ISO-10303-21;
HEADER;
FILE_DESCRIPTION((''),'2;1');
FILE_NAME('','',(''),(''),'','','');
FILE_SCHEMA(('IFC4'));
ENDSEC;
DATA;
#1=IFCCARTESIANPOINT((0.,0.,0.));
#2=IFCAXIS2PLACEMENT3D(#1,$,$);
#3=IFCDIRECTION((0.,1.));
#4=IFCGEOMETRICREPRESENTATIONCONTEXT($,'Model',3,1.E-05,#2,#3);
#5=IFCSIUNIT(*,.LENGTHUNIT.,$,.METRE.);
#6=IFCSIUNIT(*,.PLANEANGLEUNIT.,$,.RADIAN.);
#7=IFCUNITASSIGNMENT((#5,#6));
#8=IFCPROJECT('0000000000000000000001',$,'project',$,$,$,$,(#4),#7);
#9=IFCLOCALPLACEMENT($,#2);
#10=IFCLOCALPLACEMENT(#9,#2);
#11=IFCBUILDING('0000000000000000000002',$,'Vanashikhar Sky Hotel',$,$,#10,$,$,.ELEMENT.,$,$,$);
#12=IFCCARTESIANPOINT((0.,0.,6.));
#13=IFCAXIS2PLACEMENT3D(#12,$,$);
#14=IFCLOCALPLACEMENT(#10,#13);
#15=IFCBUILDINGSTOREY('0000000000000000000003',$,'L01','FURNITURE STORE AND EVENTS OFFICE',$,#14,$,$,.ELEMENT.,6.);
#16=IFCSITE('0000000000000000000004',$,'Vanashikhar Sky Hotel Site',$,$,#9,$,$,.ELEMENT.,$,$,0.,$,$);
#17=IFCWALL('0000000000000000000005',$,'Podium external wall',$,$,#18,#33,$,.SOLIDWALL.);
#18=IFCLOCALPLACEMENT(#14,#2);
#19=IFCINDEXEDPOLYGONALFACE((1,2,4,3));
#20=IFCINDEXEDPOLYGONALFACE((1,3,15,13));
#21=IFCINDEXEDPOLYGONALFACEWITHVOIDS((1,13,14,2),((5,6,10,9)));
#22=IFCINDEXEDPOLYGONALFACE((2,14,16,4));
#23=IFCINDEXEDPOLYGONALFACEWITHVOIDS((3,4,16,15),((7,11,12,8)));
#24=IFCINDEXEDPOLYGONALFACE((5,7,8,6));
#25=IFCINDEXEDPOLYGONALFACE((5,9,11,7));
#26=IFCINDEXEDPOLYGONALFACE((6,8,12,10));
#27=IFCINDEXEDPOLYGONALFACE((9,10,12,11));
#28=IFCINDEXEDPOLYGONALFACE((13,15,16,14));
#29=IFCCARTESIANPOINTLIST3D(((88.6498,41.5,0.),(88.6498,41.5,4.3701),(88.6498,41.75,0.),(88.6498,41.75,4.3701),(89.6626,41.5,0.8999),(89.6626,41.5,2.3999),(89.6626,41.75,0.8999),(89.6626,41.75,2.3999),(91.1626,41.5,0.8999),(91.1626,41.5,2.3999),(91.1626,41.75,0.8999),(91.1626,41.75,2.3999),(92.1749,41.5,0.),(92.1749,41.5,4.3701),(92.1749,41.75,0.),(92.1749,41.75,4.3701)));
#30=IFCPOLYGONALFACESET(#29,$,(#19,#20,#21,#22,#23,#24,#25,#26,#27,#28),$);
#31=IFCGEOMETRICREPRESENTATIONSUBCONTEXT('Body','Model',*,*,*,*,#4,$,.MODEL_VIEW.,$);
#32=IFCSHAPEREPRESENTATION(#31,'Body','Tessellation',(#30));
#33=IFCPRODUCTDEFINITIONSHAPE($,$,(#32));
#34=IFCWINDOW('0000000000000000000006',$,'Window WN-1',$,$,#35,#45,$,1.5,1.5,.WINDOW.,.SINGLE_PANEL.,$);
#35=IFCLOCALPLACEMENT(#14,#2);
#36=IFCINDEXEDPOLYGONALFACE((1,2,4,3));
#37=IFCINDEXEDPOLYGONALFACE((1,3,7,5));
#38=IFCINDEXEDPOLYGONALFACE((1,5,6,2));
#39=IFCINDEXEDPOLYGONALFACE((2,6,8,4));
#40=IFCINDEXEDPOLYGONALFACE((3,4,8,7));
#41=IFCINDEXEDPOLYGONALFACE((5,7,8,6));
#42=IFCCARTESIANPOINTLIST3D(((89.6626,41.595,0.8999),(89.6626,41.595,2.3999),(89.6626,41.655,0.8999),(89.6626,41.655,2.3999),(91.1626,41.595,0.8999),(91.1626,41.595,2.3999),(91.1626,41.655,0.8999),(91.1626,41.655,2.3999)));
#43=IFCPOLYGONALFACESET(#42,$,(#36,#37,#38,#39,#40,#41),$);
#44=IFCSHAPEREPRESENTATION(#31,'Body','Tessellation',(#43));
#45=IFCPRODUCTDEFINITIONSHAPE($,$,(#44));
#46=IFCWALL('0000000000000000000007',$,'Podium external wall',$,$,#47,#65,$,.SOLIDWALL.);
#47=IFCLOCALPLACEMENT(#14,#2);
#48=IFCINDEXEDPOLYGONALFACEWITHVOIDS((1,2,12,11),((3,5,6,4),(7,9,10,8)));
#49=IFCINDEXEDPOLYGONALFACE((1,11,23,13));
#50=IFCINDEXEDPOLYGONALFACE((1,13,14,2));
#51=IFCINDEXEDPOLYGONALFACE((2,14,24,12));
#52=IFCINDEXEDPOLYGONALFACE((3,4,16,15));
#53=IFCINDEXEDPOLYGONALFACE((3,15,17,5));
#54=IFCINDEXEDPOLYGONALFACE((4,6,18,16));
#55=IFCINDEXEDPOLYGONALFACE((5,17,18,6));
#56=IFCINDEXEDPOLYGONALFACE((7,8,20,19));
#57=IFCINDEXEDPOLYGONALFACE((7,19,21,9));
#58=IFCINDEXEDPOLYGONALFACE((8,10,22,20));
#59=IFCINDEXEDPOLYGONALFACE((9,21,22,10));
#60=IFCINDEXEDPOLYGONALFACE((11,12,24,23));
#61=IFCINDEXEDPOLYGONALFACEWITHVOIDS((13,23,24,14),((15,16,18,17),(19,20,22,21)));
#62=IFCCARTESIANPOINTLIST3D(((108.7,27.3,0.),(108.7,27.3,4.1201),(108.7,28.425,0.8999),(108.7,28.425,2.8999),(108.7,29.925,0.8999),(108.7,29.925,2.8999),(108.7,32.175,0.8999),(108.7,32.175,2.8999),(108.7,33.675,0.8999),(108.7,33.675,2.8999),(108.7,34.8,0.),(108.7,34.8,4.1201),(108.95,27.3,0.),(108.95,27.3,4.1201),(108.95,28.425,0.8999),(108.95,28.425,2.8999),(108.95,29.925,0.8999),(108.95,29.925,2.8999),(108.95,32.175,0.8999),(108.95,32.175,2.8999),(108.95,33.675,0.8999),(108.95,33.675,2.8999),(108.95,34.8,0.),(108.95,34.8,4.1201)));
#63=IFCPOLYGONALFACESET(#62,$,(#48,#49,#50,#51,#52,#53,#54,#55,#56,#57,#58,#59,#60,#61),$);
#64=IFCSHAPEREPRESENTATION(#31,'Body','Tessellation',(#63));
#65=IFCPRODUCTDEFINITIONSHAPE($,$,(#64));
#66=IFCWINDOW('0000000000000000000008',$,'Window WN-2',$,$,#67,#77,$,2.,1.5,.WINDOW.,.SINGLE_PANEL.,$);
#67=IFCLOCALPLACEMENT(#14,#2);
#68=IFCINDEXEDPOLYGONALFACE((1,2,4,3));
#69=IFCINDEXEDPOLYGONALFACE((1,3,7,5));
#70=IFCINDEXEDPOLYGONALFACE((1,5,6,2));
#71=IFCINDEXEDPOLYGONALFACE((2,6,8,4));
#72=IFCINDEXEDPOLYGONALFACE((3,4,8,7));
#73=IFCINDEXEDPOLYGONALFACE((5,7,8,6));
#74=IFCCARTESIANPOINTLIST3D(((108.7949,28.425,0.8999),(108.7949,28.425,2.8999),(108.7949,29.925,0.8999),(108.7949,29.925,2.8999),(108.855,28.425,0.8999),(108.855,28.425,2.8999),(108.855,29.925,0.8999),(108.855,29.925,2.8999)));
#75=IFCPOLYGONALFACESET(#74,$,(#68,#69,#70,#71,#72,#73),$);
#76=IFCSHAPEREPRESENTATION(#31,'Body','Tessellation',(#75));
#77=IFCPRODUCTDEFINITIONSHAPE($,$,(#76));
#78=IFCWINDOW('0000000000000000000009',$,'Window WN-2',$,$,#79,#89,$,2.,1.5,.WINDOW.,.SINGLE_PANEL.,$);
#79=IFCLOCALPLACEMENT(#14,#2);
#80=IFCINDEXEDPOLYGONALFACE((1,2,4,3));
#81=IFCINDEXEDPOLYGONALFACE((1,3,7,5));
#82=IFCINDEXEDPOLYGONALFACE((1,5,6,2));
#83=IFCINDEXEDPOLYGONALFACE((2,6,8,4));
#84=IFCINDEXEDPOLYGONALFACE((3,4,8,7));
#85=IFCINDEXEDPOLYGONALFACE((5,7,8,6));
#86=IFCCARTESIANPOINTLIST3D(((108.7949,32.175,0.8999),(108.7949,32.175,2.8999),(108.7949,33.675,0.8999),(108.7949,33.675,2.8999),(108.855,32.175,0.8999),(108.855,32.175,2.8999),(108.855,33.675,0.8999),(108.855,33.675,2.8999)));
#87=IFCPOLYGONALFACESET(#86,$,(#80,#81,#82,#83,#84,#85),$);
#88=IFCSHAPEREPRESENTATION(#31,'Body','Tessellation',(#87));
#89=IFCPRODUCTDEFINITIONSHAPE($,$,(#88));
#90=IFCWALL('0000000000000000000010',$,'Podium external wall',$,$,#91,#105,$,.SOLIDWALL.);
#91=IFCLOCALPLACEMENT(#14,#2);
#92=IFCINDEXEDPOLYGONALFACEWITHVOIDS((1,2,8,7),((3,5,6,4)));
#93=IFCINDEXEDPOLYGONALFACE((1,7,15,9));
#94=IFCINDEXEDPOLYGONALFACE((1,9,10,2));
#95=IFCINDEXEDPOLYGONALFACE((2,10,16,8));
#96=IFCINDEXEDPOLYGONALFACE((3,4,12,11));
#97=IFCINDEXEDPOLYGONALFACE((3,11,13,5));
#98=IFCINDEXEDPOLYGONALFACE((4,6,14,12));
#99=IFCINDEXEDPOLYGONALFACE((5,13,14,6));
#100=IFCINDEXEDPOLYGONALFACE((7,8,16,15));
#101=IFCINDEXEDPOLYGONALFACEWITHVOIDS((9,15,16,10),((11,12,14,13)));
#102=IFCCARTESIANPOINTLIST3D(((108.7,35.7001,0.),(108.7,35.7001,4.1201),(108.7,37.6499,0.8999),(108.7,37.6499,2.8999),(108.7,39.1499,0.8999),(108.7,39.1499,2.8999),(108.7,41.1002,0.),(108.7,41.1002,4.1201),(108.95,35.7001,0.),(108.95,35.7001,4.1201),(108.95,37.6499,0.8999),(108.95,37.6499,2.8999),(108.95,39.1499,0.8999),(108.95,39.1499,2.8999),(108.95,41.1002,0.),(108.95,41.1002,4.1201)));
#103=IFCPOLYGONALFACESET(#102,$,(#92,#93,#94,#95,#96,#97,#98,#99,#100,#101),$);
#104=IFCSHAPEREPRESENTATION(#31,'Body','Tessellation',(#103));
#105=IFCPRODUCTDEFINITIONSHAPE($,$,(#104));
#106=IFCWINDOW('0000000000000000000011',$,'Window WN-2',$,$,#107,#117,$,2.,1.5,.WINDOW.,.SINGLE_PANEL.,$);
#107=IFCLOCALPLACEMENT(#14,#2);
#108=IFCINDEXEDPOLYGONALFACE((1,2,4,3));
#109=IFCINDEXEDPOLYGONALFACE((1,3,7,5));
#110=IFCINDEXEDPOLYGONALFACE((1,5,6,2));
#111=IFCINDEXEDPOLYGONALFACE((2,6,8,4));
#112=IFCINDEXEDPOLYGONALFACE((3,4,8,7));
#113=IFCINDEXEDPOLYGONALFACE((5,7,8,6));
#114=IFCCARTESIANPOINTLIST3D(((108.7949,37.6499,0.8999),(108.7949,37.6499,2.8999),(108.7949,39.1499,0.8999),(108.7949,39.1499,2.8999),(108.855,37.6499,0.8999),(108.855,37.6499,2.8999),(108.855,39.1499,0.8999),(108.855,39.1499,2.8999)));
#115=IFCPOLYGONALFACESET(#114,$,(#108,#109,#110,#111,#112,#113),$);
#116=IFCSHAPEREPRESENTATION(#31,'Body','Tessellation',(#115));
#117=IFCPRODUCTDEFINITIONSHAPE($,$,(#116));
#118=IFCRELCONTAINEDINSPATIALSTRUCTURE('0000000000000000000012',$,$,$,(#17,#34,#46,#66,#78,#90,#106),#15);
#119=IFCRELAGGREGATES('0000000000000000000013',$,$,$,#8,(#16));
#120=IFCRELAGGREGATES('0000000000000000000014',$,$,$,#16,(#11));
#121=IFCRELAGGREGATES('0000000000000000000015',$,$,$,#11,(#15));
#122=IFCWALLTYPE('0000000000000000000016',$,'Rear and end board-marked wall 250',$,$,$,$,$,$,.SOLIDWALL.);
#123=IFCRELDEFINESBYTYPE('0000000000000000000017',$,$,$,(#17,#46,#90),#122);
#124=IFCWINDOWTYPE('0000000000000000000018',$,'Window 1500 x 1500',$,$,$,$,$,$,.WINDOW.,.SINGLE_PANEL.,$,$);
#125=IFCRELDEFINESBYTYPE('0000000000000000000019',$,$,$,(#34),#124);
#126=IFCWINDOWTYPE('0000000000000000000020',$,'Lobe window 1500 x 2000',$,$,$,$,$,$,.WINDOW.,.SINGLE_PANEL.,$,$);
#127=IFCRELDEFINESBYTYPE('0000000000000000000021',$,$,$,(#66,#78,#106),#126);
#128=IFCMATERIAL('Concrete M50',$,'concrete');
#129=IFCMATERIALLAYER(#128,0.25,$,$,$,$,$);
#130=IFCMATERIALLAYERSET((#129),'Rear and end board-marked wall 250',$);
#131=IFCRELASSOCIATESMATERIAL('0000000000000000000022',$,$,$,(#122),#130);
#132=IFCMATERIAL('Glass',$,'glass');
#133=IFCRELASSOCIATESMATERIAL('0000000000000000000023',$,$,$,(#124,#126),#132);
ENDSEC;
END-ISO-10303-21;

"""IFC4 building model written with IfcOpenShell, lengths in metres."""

from ifc_helpers import new_model, si_unit, direction, frame, frame_2d, origin, place, context, subcontext, project, spatial, rectangle, extrude, source, transform, mapped, material, layer, layer_set, type_object, element, fill, save


model = new_model("IFC4")

# Units and contexts
model_context = context("Model", 3, precision=1e-05, world=origin(), true_north=direction((0.0, 1.0)))
body_context = subcontext(model_context, "Body", "Model", "MODEL_VIEW")
ifc_project = project(units=[si_unit("LENGTHUNIT", "METRE"), si_unit("PLANEANGLEUNIT", "RADIAN")], contexts=[model_context])

# Site, building, storey
site_placement = place(None, origin())
site = spatial("IfcSite", under=ifc_project, at=site_placement, Name="Vanashikhar Sky Hotel Site", CompositionType="ELEMENT", RefElevation=0.0)
building_placement = place(site_placement, origin())
building = spatial("IfcBuilding", under=site, at=building_placement, Name="Vanashikhar Sky Hotel", CompositionType="ELEMENT")
storey_placement = place(building_placement, frame((0.0, 0.0, 6.0)))
storey = spatial("IfcBuildingStorey", under=building, at=storey_placement, Name="L01", Description="FURNITURE STORE AND EVENTS OFFICE", CompositionType="ELEMENT", Elevation=6.0)

# Shared definitions
ifc_material_1 = material(Name="Concrete M50", Category="concrete")

# Wall, opening, window
ifc_layer_1 = layer(ifc_material_1, 0.25)
ifc_layer_set_1 = layer_set([ifc_layer_1], Name="Rear and end board-marked wall 250")
wall_type_1 = type_object("IfcWallType", Name="Rear and end board-marked wall 250", PredefinedType="SOLIDWALL", material=ifc_layer_set_1)
shared_shape_1 = source(origin(), body_context, "Body", "SweptSolid", [
    extrude(rectangle(XDim=1.5, YDim=1.5, at=frame_2d((0.75, 0.75))), frame((0.0, 0.135, 0.0), z_axis=(0.0, -1.0, 0.0), x_axis=(1.0, 0.0, 0.0)), (0.0, 0.0, 1.0), 0.27),
])
ifc_material_2 = material(Name="Glass", Category="glass")
window_type_1 = type_object("IfcWindowType", Name="Window 1500 x 1500", PartitioningType="SINGLE_PANEL", PredefinedType="WINDOW", material=ifc_material_2)
shared_shape_2 = source(origin(), body_context, "Body", "SweptSolid", [
    extrude(rectangle(XDim=1.5, YDim=1.5, at=frame_2d((0.75, 0.75))), frame((0.0, 0.03, 0.0), z_axis=(0.0, -1.0, 0.0), x_axis=(1.0, 0.0, 0.0)), (0.0, 0.0, 1.0), 0.0601),
])
shared_shape_3 = source(origin(), body_context, "Body", "SweptSolid", [
    extrude(rectangle(XDim=3.5251, YDim=0.25, at=frame_2d((1.7627, 0.0))), origin(), (0.0, 0.0, 1.0), 4.3701),
])
wall_1_placement = place(storey_placement, frame((92.175, 41.625, 0.0), z_axis=(0.0, 0.0, 1.0), x_axis=(-1.0, 0.0, 0.0)))
wall_1 = element("IfcWall", 1, at=wall_1_placement, inside=storey, type_object=wall_type_1, Name="Podium external wall", PredefinedType="SOLIDWALL", context=body_context, shape_type="MappedRepresentation", body=[
    mapped(shared_shape_3, transform((0.0, 0.0, 0.0), scale=1.0)),
])
opening_1_placement = place(wall_1_placement, frame((1.0125, 0.0, 0.8999)))
opening_1 = element("IfcOpeningElement", 2, at=opening_1_placement, cuts=wall_1, PredefinedType="OPENING", context=body_context, shape_type="MappedRepresentation", body=[
    mapped(shared_shape_1, transform((0.0, 0.0, 0.0), scale=1.0)),
])
window_1_placement = place(opening_1_placement, origin())
window_1 = element("IfcWindow", 3, at=window_1_placement, inside=storey, type_object=window_type_1, Name="Window WN-1", OverallHeight=1.5, OverallWidth=1.5, PartitioningType="SINGLE_PANEL", PredefinedType="WINDOW", context=body_context, shape_type="MappedRepresentation", body=[
    mapped(shared_shape_2, transform((0.0, 0.0, 0.0), scale=1.0)),
])
fill(opening_1, window_1)

# Wall, openings, windows
shared_shape_4 = source(origin(), body_context, "Body", "SweptSolid", [
    extrude(rectangle(XDim=7.5, YDim=0.25, at=frame_2d((3.75, 0.0))), origin(), (0.0, 0.0, 1.0), 4.1201),
])
wall_2_placement = place(storey_placement, frame((108.825, 27.3, 0.0), z_axis=(0.0, 0.0, 1.0), x_axis=(0.0, 1.0, 0.0)))
wall_2 = element("IfcWall", 4, at=wall_2_placement, inside=storey, type_object=wall_type_1, Name="Podium external wall", PredefinedType="SOLIDWALL", context=body_context, shape_type="MappedRepresentation", body=[
    mapped(shared_shape_4, transform((0.0, 0.0, 0.0), scale=1.0)),
])
shared_shape_5 = source(origin(), body_context, "Body", "SweptSolid", [
    extrude(rectangle(XDim=1.5, YDim=2.0, at=frame_2d((0.75, 1.0))), frame((0.0, 0.135, 0.0), z_axis=(0.0, -1.0, 0.0), x_axis=(1.0, 0.0, 0.0)), (0.0, 0.0, 1.0), 0.27),
])
opening_2_placement = place(wall_2_placement, frame((1.125, 0.0, 0.8999)))
opening_2 = element("IfcOpeningElement", 5, at=opening_2_placement, cuts=wall_2, PredefinedType="OPENING", context=body_context, shape_type="MappedRepresentation", body=[
    mapped(shared_shape_5, transform((0.0, 0.0, 0.0), scale=1.0)),
])
opening_3_placement = place(wall_2_placement, frame((4.875, 0.0, 0.8999)))
opening_3 = element("IfcOpeningElement", 6, at=opening_3_placement, cuts=wall_2, PredefinedType="OPENING", context=body_context, shape_type="MappedRepresentation", body=[
    mapped(shared_shape_5, transform((0.0, 0.0, 0.0), scale=1.0)),
])
window_type_2 = type_object("IfcWindowType", Name="Lobe window 1500 x 2000", PartitioningType="SINGLE_PANEL", PredefinedType="WINDOW", material=ifc_material_2)
shared_shape_6 = source(origin(), body_context, "Body", "SweptSolid", [
    extrude(rectangle(XDim=1.5, YDim=2.0, at=frame_2d((0.75, 1.0))), frame((0.0, 0.03, 0.0), z_axis=(0.0, -1.0, 0.0), x_axis=(1.0, 0.0, 0.0)), (0.0, 0.0, 1.0), 0.0601),
])
window_2_placement = place(opening_2_placement, origin())
window_2 = element("IfcWindow", 7, at=window_2_placement, inside=storey, type_object=window_type_2, Name="Window WN-2", OverallHeight=2.0, OverallWidth=1.5, PartitioningType="SINGLE_PANEL", PredefinedType="WINDOW", context=body_context, shape_type="MappedRepresentation", body=[
    mapped(shared_shape_6, transform((0.0, 0.0, 0.0), scale=1.0)),
])
fill(opening_2, window_2)
window_3_placement = place(opening_3_placement, origin())
window_3 = element("IfcWindow", 8, at=window_3_placement, inside=storey, type_object=window_type_2, Name="Window WN-2", OverallHeight=2.0, OverallWidth=1.5, PartitioningType="SINGLE_PANEL", PredefinedType="WINDOW", context=body_context, shape_type="MappedRepresentation", body=[
    mapped(shared_shape_6, transform((0.0, 0.0, 0.0), scale=1.0)),
])
fill(opening_3, window_3)

# Wall, opening, window
shared_shape_7 = source(origin(), body_context, "Body", "SweptSolid", [
    extrude(rectangle(XDim=5.4001, YDim=0.25, at=frame_2d((2.7002, 0.0))), origin(), (0.0, 0.0, 1.0), 4.1201),
])
wall_3_placement = place(storey_placement, frame((108.825, 35.7, 0.0), z_axis=(0.0, 0.0, 1.0), x_axis=(0.0, 1.0, 0.0)))
wall_3 = element("IfcWall", 9, at=wall_3_placement, inside=storey, type_object=wall_type_1, Name="Podium external wall", PredefinedType="SOLIDWALL", context=body_context, shape_type="MappedRepresentation", body=[
    mapped(shared_shape_7, transform((0.0, 0.0, 0.0), scale=1.0)),
])
opening_4_placement = place(wall_3_placement, frame((1.95, 0.0, 0.8999)))
opening_4 = element("IfcOpeningElement", 10, at=opening_4_placement, cuts=wall_3, PredefinedType="OPENING", context=body_context, shape_type="MappedRepresentation", body=[
    mapped(shared_shape_5, transform((0.0, 0.0, 0.0), scale=1.0)),
])
window_4_placement = place(opening_4_placement, origin())
window_4 = element("IfcWindow", 11, at=window_4_placement, inside=storey, type_object=window_type_2, Name="Window WN-2", OverallHeight=2.0, OverallWidth=1.5, PartitioningType="SINGLE_PANEL", PredefinedType="WINDOW", context=body_context, shape_type="MappedRepresentation", body=[
    mapped(shared_shape_6, transform((0.0, 0.0, 0.0), scale=1.0)),
])
fill(opening_4, window_4)

save(model, "model.ifc")
